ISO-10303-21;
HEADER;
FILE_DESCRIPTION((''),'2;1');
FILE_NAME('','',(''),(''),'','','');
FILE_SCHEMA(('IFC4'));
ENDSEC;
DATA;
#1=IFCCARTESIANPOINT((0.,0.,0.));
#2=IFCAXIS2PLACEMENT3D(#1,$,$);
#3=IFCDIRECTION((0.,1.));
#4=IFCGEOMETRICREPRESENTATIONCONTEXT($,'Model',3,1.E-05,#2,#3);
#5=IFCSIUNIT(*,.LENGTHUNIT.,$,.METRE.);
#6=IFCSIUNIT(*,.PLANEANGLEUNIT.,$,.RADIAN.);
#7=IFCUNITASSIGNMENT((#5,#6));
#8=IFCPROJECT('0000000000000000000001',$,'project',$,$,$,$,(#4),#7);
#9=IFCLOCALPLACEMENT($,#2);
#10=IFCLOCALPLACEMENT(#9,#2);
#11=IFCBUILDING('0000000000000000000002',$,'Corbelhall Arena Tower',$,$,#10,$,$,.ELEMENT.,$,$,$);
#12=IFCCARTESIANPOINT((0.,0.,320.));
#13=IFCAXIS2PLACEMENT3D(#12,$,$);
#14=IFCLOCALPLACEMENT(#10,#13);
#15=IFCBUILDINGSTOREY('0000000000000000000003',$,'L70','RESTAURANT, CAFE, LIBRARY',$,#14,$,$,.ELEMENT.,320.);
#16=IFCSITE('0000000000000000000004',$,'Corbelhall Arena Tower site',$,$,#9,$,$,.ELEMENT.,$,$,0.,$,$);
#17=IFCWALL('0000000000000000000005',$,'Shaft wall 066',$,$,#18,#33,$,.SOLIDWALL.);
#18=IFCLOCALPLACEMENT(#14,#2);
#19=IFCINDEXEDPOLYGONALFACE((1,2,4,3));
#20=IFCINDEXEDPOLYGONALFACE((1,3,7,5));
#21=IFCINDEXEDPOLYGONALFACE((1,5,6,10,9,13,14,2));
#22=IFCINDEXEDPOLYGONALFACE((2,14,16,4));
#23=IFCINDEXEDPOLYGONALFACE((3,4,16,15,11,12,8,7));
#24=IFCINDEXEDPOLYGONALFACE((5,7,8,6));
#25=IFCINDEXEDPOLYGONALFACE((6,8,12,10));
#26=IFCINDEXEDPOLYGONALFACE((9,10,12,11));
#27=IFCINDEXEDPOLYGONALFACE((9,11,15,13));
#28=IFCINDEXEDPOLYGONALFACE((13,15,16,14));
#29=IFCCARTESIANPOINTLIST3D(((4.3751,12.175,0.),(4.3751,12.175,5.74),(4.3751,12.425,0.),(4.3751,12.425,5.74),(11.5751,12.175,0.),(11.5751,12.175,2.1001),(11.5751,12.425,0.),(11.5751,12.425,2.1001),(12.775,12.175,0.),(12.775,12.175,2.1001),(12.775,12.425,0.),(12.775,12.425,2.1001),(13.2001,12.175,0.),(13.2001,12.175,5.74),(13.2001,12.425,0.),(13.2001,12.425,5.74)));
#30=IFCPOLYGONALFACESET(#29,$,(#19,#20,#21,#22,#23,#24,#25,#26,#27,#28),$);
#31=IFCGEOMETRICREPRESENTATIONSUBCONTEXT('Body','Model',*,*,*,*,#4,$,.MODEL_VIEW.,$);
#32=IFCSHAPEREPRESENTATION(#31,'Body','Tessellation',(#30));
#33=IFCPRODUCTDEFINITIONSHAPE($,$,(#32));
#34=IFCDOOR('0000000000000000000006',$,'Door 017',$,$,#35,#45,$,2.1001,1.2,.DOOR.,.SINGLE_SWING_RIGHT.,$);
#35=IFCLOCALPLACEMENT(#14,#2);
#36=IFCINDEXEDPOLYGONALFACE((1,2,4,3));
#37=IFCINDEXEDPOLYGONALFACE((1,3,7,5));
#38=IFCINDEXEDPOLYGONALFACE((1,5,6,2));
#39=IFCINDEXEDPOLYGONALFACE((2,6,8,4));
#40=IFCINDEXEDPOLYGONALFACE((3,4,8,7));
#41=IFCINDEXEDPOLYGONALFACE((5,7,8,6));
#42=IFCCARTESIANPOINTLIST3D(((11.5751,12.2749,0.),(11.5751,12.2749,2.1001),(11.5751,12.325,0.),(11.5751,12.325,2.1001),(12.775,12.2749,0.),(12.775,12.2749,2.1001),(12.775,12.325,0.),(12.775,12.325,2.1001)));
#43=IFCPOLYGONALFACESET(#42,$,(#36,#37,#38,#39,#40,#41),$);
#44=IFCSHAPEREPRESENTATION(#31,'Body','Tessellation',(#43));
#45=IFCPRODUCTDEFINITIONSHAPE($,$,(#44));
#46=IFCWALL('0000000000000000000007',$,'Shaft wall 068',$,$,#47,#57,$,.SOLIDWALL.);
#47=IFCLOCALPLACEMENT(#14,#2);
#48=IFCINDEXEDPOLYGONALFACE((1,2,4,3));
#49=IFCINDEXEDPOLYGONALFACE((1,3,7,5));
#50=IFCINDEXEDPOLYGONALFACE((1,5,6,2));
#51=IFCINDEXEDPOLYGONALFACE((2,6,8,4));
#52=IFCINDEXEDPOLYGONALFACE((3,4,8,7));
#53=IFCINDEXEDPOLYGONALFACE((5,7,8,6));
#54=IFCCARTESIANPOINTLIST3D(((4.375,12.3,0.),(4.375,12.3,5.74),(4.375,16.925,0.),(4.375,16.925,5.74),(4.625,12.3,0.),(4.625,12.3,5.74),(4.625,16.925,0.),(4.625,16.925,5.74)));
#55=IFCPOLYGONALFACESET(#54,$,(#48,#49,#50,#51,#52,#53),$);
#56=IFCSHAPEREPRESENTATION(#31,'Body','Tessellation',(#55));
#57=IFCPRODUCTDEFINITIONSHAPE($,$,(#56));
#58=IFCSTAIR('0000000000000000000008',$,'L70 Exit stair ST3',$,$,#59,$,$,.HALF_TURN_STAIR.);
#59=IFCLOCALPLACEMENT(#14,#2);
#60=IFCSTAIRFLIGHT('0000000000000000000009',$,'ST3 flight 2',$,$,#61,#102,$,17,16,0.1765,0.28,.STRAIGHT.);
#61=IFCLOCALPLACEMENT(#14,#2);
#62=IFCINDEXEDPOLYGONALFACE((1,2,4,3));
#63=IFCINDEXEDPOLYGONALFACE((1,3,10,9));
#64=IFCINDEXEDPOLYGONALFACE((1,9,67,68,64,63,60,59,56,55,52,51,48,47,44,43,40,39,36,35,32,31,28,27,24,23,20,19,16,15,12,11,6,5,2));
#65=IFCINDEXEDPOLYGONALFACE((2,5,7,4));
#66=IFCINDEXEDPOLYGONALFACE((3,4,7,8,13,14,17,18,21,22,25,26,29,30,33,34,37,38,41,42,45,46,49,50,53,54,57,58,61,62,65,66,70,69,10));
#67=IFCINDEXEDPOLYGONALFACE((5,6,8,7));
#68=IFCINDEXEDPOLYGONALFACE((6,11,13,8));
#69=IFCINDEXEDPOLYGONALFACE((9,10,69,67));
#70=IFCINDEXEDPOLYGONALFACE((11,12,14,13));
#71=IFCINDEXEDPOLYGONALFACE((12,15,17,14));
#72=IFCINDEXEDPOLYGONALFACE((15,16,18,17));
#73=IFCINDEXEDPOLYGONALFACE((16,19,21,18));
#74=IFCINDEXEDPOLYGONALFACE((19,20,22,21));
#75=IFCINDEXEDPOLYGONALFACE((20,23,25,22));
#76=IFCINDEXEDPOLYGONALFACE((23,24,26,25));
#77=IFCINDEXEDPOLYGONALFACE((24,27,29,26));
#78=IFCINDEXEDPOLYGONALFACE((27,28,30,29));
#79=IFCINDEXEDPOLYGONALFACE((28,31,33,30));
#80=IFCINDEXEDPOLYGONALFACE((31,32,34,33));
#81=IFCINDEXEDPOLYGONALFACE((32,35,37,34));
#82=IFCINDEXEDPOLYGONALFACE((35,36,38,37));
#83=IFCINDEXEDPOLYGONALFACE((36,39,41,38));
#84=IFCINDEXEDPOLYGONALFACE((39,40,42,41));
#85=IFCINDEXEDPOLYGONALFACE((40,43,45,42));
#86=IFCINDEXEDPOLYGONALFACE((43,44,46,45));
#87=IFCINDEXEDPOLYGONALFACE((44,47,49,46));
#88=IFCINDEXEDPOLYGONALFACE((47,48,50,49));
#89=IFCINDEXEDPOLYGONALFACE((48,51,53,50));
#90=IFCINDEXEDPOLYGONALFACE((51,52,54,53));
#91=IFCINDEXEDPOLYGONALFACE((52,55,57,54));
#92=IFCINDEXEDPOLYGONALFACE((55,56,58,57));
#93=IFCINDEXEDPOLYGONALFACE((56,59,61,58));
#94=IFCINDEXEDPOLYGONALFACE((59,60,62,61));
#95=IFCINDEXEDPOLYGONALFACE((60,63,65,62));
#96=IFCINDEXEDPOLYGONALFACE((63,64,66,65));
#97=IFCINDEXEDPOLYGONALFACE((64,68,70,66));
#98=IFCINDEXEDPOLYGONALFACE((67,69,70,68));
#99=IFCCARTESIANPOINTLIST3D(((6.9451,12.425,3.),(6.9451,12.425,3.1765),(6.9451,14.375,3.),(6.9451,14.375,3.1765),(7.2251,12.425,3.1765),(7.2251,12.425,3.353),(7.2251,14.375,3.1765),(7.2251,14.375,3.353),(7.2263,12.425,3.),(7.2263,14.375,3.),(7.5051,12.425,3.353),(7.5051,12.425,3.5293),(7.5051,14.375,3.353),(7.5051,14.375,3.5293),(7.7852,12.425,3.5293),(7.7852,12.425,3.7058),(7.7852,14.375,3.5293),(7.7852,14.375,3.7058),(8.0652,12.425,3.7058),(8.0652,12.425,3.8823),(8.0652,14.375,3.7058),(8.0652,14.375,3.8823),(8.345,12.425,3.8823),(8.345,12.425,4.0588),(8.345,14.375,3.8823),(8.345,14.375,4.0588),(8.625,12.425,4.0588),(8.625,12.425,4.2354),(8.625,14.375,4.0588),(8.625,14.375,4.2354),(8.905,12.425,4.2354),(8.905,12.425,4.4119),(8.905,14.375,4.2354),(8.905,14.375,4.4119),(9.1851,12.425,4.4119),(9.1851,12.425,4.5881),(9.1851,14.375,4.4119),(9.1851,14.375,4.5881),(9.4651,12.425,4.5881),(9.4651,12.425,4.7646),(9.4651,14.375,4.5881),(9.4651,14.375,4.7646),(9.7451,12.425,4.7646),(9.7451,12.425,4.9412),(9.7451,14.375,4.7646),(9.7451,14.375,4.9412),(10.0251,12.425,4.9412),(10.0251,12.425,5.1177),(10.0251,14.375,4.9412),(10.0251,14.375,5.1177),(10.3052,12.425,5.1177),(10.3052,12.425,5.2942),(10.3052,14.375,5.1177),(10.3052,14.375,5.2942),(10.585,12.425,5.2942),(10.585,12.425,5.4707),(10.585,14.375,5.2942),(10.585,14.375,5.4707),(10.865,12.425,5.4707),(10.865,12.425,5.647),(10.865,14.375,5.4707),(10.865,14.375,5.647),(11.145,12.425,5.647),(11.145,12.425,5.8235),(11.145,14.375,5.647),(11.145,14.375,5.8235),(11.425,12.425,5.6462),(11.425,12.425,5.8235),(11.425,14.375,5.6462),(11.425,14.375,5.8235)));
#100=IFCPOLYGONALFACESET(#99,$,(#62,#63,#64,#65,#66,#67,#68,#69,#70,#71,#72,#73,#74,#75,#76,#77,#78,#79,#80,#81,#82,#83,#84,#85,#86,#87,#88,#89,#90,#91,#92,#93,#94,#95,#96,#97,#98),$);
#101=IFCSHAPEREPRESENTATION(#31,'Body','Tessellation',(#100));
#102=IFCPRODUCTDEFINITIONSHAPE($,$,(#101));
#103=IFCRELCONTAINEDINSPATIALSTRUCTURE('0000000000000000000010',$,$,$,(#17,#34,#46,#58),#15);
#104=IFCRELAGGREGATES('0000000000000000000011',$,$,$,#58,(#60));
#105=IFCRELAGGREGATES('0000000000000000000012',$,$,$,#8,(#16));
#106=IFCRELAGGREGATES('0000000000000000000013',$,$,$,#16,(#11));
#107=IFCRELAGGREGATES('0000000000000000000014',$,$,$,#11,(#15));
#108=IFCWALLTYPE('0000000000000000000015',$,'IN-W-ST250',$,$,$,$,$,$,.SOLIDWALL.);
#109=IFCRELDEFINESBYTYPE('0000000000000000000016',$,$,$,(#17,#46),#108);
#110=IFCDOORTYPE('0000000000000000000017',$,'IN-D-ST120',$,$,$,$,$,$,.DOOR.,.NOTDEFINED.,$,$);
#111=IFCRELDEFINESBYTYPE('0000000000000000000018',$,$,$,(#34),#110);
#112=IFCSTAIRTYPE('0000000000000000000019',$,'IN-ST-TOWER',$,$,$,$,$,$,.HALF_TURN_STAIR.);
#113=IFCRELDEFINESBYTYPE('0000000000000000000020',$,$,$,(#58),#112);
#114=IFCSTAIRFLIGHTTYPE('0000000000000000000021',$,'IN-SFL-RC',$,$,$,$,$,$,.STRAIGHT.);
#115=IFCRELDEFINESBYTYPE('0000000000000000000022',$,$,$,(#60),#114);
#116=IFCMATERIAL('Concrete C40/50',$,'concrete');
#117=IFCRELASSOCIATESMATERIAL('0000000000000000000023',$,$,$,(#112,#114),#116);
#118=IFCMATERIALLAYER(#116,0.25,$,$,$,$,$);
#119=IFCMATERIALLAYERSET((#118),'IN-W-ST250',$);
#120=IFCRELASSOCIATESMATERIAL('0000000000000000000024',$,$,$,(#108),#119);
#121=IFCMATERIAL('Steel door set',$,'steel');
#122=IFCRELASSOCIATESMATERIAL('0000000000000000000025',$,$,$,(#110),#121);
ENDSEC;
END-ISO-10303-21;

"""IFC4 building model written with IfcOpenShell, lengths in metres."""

from ifc_helpers import new_model, si_unit, direction, frame, frame_2d, origin, place, context, subcontext, project, spatial, polyline, rectangle, outline, extrude, material, layer, layer_set, type_object, element, fill, aggregate, save


model = new_model("IFC4")

# Units and contexts
model_context = context("Model", 3, precision=1e-05, world=origin(), true_north=direction((0.0, 1.0)))
body_context = subcontext(model_context, "Body", "Model", "MODEL_VIEW")
ifc_project = project(units=[si_unit("LENGTHUNIT", "METRE"), si_unit("PLANEANGLEUNIT", "RADIAN")], contexts=[model_context])

# Site, building, storey
site_placement = place(None, origin())
site = spatial("IfcSite", under=ifc_project, at=site_placement, Name="Corbelhall Arena Tower site", CompositionType="ELEMENT", RefElevation=0.0)
building_placement = place(site_placement, origin())
building = spatial("IfcBuilding", under=site, at=building_placement, Name="Corbelhall Arena Tower", CompositionType="ELEMENT")
storey_placement = place(building_placement, frame((0.0, 0.0, 320.0)))
storey = spatial("IfcBuildingStorey", under=building, at=storey_placement, Name="L70", Description="RESTAURANT, CAFE, LIBRARY", CompositionType="ELEMENT", Elevation=320.0)

# Shared definitions
ifc_material_1 = material(Name="Concrete C40/50", Category="concrete")
stair_type = type_object("IfcStairType", Name="IN-ST-TOWER", PredefinedType="HALF_TURN_STAIR", material=ifc_material_1)

# Shared definitions
ifc_material_2 = material(Name="Steel door set", Category="steel")

# Wall, opening, door
ifc_layer_1 = layer(ifc_material_1, 0.25)
ifc_layer_set_1 = layer_set([ifc_layer_1], Name="IN-W-ST250")
wall_type_1 = type_object("IfcWallType", Name="IN-W-ST250", PredefinedType="SOLIDWALL", material=ifc_layer_set_1)
wall_1_placement = place(storey_placement, frame((4.375, 12.3, 0.0), z_axis=(0.0, 0.0, 1.0), x_axis=(1.0, 0.0, 0.0)))
wall_1 = element("IfcWall", 1, at=wall_1_placement, inside=storey, type_object=wall_type_1, Name="Shaft wall 066", PredefinedType="SOLIDWALL", context=body_context, shape_type="SweptSolid", body=[
    extrude(rectangle(XDim=8.825, YDim=0.25, at=frame_2d((4.4126, 0.0))), origin(), (0.0, 0.0, 1.0), 5.74),
])
opening_1_placement = place(wall_1_placement, frame((7.2, 0.0, 0.0)))
opening_1 = element("IfcOpeningElement", 2, at=opening_1_placement, cuts=wall_1, PredefinedType="OPENING", context=body_context, shape_type="SweptSolid", body=[
    extrude(rectangle(XDim=1.2, YDim=2.1001, at=frame_2d((0.6001, 1.05))), frame((0.0, 0.125, 0.0), z_axis=(0.0, -1.0, 0.0), x_axis=(1.0, 0.0, 0.0)), (0.0, 0.0, 1.0), 0.25),
])
door_type_1 = type_object("IfcDoorType", Name="IN-D-ST120", OperationType="NOTDEFINED", PredefinedType="DOOR", material=ifc_material_2)
door_1_placement = place(opening_1_placement, origin())
door_1 = element("IfcDoor", 3, at=door_1_placement, inside=storey, type_object=door_type_1, Name="Door 017", OperationType="SINGLE_SWING_RIGHT", OverallHeight=2.1001, OverallWidth=1.2, PredefinedType="DOOR", context=body_context, shape_type="SweptSolid", body=[
    extrude(rectangle(XDim=1.2, YDim=2.1001, at=frame_2d((0.6001, 1.05))), frame((0.0, 0.0249, 0.0), z_axis=(0.0, -1.0, 0.0), x_axis=(1.0, 0.0, 0.0)), (0.0, 0.0, 1.0), 0.05),
])
fill(opening_1, door_1)

# Wall
wall_2_placement = place(storey_placement, frame((4.5, 12.3, 0.0), z_axis=(0.0, 0.0, 1.0), x_axis=(0.0, 1.0, 0.0)))
element("IfcWall", 4, at=wall_2_placement, inside=storey, type_object=wall_type_1, Name="Shaft wall 068", PredefinedType="SOLIDWALL", context=body_context, shape_type="SweptSolid", body=[
    extrude(rectangle(XDim=4.625, YDim=0.25, at=frame_2d((2.3125, 0.0))), origin(), (0.0, 0.0, 1.0), 5.74),
])

# Stair, stair flight
stair_1_placement = place(storey_placement, origin())
stair_1 = element("IfcStair", 5, at=stair_1_placement, inside=storey, type_object=stair_type, Name="L70 Exit stair ST3", PredefinedType="HALF_TURN_STAIR")
stair_flight_type = type_object("IfcStairFlightType", Name="IN-SFL-RC", PredefinedType="STRAIGHT", material=ifc_material_1)
stair_flight_placement = place(storey_placement, frame((6.9451, 13.3999, 3.0), z_axis=(0.0, 0.0, 1.0), x_axis=(1.0, 0.0, 0.0)))
stair_flight = element("IfcStairFlight", 6, at=stair_flight_placement, type_object=stair_flight_type, Name="ST3 flight 2", NumberOfRisers=17, NumberOfTreads=16, PredefinedType="STRAIGHT", RiserHeight=0.1765, TreadLength=0.28, context=body_context, shape_type="SweptSolid", body=[
    extrude(outline(polyline([(0.0, 0.0), (0.0, 0.1765), (0.28, 0.1765), (0.28, 0.353), (0.5601, 0.353), (0.5601, 0.5293), (0.8401, 0.5293), (0.8401, 0.7058), (1.1201, 0.7058), (1.1201, 0.8823), (1.3999, 0.8823), (1.3999, 1.0588), (1.6799, 1.0588), (1.6799, 1.2354), (1.96, 1.2354), (1.96, 1.4119), (2.24, 1.4119), (2.24, 1.5881), (2.52, 1.5881), (2.52, 1.7646), (2.8, 1.7646), (2.8, 1.9412), (3.0801, 1.9412), (3.0801, 2.1177), (3.3601, 2.1177), (3.3601, 2.2942), (3.6399, 2.2942), (3.6399, 2.4707), (3.9199, 2.4707), (3.9199, 2.647), (4.2, 2.647), (4.2, 2.8235), (4.48, 2.8235), (4.48, 3.0), (4.48, 2.6462), (0.2812, 0.0), (0.0, 0.0)])), frame((0.0, 0.9751, 0.0), z_axis=(0.0, -1.0, 0.0), x_axis=(1.0, 0.0, 0.0)), (0.0, 0.0, 1.0), 1.95),
])
aggregate(stair_1, [stair_flight])

save(model, "model.ifc")
